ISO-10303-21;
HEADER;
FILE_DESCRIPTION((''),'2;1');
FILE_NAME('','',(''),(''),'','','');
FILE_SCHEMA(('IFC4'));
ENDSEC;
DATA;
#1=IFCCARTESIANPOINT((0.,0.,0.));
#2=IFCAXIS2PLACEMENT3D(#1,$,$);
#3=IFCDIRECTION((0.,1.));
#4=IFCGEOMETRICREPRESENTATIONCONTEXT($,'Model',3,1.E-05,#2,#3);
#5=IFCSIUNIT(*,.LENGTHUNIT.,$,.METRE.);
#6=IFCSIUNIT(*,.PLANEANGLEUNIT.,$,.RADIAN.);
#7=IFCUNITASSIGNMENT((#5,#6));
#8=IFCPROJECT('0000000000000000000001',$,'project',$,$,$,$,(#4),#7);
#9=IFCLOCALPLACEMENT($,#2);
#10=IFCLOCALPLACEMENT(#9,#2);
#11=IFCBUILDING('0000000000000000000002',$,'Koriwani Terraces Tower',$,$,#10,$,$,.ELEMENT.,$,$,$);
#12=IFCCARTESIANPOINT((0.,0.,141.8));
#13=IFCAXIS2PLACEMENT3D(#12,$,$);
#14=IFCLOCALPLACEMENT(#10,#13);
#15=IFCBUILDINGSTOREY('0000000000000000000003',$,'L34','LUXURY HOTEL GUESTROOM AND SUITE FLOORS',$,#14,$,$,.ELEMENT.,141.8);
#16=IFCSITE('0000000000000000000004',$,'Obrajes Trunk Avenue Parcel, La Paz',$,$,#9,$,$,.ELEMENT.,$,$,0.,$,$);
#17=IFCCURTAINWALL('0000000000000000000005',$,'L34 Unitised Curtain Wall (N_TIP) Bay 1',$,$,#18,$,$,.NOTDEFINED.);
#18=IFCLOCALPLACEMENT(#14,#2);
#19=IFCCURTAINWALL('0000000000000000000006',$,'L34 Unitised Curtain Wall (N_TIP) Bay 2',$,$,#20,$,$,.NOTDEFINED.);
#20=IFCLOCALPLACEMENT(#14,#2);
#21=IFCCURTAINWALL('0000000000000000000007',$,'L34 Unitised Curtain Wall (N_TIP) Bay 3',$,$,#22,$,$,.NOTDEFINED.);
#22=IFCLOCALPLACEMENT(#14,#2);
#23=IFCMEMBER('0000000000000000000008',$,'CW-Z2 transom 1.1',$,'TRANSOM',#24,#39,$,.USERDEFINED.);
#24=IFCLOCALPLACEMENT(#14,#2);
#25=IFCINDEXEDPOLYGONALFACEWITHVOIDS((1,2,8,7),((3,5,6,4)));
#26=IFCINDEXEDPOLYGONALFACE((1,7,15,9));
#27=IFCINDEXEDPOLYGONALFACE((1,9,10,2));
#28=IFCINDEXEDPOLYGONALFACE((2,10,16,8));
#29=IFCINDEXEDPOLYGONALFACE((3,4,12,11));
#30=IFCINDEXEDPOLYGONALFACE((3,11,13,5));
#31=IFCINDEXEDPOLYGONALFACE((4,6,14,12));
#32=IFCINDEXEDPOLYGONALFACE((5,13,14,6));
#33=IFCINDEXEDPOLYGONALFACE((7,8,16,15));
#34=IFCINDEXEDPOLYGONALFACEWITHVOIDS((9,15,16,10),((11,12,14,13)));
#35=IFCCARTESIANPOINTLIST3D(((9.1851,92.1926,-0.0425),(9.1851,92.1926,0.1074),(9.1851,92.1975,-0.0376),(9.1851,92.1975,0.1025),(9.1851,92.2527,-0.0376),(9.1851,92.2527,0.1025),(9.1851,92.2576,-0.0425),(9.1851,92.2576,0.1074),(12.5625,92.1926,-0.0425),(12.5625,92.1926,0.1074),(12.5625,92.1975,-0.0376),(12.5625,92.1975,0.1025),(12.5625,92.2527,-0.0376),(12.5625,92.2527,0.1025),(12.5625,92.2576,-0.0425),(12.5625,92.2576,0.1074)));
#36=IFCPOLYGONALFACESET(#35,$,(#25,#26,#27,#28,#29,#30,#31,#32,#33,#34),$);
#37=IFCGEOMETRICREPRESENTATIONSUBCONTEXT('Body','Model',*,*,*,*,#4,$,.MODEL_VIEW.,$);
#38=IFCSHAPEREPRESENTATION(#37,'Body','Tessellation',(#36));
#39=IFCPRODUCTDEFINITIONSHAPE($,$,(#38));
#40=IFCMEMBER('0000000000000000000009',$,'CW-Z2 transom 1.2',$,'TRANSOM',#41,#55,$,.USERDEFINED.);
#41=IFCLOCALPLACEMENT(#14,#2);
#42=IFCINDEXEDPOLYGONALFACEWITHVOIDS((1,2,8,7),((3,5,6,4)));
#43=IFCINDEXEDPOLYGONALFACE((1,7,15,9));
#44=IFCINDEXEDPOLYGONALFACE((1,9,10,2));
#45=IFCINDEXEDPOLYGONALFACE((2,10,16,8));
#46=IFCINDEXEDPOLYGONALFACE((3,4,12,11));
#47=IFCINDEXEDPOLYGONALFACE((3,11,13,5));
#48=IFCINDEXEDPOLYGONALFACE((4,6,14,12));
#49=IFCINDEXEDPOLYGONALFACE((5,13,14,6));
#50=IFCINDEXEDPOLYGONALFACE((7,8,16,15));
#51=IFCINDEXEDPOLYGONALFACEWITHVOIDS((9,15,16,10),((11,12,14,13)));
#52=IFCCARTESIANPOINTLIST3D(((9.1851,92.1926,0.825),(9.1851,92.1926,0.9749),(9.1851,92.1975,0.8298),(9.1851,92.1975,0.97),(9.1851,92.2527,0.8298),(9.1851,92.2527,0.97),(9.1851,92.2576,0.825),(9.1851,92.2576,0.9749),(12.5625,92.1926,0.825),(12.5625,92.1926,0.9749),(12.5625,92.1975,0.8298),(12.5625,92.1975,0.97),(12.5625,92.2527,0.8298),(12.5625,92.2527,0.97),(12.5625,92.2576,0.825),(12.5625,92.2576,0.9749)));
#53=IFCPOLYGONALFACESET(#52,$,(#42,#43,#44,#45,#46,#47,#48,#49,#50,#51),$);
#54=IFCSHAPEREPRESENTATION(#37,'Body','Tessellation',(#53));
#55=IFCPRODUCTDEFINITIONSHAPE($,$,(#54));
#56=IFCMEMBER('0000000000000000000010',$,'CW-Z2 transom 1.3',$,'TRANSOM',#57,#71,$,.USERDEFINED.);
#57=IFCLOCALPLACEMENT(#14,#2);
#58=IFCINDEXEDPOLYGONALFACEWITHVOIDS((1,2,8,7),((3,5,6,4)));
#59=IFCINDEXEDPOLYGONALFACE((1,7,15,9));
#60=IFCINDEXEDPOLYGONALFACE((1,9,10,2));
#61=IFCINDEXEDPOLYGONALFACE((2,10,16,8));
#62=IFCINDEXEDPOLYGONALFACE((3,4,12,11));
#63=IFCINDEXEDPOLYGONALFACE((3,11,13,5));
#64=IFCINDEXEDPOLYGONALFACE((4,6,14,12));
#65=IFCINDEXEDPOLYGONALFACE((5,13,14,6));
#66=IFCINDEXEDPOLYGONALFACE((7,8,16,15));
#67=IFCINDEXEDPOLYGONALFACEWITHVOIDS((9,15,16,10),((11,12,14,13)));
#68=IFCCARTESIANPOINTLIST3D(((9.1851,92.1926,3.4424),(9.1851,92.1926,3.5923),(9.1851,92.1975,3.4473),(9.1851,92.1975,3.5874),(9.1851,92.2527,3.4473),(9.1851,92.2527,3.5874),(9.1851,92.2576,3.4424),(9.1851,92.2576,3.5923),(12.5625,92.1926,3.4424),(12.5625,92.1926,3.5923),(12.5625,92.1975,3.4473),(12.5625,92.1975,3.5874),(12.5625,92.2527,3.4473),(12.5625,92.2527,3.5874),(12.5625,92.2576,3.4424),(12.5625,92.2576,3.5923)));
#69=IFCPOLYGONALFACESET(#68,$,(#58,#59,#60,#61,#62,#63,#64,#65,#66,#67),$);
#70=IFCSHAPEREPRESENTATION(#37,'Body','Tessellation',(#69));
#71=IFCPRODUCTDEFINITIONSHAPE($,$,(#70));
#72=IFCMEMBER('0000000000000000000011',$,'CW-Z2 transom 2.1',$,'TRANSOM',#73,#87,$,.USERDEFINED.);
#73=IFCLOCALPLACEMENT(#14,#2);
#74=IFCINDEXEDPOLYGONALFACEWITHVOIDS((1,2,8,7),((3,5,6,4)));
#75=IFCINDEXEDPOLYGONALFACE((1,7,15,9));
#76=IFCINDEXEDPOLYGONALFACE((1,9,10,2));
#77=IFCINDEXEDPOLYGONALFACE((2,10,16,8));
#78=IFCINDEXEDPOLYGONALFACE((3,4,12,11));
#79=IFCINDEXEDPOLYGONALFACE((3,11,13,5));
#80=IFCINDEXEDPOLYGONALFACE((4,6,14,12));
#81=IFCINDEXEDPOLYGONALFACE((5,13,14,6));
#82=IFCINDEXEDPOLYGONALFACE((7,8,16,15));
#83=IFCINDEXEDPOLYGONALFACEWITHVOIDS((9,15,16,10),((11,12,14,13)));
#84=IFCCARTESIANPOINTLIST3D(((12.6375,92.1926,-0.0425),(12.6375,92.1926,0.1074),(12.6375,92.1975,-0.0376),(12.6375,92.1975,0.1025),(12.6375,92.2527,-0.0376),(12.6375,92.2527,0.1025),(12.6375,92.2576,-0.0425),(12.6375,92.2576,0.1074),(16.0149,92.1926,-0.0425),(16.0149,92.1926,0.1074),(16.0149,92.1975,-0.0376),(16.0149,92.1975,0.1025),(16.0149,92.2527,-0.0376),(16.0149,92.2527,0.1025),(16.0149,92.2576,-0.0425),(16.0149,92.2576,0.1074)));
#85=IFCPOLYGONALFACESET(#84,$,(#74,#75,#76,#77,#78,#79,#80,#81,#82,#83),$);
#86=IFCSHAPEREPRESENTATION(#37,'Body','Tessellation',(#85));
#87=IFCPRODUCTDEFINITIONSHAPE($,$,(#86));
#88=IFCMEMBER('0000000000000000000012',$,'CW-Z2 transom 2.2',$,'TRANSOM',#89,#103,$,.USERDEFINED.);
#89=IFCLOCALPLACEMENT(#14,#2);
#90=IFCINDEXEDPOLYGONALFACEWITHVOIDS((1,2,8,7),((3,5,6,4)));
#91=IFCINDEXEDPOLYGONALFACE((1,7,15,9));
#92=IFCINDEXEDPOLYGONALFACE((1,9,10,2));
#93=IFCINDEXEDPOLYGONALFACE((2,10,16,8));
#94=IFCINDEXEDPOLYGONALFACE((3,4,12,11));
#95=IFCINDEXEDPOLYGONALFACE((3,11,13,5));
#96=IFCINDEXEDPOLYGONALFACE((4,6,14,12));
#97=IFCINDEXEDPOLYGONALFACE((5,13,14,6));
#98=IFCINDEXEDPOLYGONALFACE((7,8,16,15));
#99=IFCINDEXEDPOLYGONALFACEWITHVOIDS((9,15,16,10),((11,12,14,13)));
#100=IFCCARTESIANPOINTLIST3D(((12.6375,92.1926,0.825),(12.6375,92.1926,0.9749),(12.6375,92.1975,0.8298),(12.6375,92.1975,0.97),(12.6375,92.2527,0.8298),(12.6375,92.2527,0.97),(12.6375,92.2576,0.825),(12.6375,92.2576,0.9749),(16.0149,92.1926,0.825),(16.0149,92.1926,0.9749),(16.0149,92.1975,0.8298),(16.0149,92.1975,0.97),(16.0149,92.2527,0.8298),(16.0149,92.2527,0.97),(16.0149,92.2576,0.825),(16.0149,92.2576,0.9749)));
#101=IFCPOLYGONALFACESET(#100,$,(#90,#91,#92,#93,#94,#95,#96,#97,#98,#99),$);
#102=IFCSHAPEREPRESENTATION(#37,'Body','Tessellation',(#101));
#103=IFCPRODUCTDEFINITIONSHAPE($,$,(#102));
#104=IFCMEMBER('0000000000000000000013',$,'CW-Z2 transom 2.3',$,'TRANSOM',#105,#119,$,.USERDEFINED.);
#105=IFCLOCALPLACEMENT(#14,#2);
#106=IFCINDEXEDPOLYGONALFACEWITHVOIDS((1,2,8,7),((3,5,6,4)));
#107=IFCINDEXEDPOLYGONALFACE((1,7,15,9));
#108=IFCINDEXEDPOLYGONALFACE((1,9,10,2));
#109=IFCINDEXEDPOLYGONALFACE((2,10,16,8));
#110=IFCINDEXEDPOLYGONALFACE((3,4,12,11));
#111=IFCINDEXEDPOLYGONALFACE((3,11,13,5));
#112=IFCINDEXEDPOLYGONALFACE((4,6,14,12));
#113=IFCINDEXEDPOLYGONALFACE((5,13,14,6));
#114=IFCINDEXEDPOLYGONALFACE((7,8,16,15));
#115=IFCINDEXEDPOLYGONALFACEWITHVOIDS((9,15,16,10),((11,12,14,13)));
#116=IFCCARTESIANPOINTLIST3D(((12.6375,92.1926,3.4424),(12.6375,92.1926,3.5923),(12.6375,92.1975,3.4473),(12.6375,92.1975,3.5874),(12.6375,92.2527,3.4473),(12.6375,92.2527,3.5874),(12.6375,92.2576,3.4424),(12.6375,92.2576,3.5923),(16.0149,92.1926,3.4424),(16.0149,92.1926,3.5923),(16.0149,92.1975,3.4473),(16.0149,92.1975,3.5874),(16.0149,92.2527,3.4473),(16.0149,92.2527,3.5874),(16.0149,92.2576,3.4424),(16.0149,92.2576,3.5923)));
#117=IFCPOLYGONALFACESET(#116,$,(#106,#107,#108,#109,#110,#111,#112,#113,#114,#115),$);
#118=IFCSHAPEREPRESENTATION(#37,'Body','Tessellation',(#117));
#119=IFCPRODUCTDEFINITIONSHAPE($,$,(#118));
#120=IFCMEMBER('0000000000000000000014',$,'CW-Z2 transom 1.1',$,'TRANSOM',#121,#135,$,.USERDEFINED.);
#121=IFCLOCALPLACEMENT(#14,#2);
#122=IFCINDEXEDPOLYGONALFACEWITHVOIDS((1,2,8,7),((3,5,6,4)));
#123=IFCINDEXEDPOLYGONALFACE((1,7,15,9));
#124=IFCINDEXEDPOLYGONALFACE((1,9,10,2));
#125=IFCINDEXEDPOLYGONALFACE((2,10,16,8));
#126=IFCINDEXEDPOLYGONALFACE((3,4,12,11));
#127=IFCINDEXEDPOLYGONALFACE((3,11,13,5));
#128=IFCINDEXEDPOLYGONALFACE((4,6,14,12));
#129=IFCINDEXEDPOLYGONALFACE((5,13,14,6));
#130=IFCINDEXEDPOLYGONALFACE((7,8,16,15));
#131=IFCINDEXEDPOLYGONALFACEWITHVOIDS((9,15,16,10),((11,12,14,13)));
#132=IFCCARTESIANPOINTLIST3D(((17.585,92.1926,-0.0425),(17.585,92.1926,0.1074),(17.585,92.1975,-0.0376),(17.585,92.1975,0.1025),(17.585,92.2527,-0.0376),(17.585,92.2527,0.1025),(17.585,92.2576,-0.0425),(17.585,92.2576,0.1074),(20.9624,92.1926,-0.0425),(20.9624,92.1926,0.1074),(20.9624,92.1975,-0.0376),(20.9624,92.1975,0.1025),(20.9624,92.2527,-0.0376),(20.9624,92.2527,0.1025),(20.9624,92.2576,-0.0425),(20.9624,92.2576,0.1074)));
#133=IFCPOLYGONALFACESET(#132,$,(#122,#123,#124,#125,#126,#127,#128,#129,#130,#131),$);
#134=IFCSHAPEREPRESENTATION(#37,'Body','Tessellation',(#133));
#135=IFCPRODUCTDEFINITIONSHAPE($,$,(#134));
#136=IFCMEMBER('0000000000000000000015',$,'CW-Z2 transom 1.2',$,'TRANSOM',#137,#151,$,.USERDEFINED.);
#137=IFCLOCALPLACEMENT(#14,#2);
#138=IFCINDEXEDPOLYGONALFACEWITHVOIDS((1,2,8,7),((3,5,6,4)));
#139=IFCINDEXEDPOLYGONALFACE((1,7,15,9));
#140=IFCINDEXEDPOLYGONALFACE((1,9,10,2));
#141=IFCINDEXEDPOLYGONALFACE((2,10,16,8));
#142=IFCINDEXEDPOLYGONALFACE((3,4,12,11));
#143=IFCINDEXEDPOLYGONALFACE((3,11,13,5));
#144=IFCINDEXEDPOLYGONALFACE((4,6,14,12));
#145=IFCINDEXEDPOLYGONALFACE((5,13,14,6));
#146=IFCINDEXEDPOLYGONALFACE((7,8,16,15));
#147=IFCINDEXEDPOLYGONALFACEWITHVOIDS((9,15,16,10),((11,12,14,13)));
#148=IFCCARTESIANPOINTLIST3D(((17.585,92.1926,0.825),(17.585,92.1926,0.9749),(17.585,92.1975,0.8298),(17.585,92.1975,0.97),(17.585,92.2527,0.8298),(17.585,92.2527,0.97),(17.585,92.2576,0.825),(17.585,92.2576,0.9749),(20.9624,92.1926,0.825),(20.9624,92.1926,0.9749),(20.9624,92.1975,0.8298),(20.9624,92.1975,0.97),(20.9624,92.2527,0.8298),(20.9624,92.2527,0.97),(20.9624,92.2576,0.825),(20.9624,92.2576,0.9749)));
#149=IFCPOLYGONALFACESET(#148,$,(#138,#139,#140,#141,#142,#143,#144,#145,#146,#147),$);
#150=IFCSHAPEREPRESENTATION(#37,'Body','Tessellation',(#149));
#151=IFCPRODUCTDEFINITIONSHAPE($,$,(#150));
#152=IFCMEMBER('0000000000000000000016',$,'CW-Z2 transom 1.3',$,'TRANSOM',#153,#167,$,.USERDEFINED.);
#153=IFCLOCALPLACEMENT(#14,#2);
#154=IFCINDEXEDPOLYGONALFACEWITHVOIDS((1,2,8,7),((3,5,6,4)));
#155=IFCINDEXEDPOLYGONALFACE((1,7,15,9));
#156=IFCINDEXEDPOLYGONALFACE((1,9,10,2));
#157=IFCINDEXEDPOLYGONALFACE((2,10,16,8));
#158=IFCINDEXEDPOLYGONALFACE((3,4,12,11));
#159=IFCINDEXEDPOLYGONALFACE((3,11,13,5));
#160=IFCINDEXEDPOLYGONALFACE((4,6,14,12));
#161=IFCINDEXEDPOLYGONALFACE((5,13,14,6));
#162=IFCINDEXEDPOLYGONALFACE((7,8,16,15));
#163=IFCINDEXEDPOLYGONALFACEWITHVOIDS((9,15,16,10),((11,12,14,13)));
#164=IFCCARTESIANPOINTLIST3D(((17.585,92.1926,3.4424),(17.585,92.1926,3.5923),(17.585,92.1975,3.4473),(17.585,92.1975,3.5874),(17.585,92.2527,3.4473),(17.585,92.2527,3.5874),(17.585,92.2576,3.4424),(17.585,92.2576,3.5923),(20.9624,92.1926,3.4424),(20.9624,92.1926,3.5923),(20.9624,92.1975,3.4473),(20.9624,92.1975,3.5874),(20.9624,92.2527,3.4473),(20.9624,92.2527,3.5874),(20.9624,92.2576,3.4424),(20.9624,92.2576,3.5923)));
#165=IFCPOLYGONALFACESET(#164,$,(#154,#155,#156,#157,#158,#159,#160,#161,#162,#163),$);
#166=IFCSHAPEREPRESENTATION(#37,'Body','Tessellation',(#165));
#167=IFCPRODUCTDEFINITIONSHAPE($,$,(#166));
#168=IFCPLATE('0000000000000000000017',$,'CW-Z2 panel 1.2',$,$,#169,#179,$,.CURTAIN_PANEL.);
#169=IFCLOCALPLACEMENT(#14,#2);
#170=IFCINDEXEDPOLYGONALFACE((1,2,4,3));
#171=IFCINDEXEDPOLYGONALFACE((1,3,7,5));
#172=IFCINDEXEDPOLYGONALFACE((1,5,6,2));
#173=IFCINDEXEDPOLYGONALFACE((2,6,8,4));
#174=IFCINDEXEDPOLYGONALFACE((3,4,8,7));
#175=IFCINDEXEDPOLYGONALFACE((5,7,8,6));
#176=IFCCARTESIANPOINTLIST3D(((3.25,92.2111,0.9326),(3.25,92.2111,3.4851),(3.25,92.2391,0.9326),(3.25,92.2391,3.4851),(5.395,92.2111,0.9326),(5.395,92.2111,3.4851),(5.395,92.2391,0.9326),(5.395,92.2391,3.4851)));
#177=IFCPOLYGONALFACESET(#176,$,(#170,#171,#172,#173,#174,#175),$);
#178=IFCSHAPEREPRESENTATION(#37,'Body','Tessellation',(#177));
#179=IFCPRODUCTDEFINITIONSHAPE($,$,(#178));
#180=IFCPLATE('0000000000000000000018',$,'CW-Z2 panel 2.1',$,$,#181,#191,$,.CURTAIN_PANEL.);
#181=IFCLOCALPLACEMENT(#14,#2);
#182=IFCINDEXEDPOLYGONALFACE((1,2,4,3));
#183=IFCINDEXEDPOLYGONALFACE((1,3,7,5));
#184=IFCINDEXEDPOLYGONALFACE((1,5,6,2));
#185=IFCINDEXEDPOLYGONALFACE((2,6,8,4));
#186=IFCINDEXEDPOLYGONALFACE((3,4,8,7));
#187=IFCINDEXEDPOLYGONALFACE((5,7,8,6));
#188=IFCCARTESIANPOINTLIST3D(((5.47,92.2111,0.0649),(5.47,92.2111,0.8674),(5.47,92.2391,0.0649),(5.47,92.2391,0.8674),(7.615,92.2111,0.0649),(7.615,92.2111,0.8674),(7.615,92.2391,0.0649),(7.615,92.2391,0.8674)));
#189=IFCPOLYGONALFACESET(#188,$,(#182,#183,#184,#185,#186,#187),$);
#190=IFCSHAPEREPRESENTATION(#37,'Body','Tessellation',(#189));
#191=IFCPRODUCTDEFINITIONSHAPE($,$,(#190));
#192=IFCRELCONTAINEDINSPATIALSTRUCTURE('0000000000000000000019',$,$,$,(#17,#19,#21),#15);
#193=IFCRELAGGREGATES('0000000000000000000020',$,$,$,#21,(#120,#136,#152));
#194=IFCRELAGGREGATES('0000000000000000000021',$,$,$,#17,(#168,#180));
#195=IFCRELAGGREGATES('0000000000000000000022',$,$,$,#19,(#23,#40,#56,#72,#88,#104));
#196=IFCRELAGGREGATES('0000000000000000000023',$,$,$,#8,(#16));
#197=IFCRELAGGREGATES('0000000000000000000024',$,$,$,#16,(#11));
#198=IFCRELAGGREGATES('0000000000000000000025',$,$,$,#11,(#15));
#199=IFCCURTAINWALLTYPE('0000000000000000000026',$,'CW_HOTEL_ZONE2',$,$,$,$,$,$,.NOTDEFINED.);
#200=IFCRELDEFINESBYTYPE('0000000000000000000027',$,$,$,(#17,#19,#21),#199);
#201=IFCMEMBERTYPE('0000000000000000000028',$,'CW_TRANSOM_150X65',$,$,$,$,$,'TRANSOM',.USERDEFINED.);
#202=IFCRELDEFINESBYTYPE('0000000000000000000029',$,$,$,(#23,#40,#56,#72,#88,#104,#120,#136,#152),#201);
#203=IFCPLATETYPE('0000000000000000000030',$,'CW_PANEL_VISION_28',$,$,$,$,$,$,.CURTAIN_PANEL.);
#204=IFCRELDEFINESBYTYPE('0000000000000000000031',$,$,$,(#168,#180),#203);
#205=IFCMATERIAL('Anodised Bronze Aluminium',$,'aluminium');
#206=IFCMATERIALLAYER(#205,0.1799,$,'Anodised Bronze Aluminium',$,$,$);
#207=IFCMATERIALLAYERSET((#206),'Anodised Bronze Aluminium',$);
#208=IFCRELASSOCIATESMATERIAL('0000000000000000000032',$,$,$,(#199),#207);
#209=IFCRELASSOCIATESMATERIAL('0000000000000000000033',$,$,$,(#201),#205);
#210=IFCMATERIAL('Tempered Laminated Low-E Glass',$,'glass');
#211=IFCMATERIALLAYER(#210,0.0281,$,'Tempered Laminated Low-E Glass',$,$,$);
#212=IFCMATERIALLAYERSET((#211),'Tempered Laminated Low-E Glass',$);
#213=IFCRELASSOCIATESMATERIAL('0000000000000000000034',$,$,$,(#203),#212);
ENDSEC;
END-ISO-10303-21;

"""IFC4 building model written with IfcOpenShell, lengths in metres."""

from ifc_helpers import new_model, si_unit, direction, frame, origin, origin_2d, place, context, subcontext, project, spatial, rectangle, hollow_rectangle, extrude, material, layer, layer_set, material_profile, profile_set, type_object, element, aggregate, save


model = new_model("IFC4")

# Units and contexts
model_context = context("Model", 3, precision=1e-05, world=origin(), true_north=direction((0.0, 1.0)))
body_context = subcontext(model_context, "Body", "Model", "MODEL_VIEW")
ifc_project = project(units=[si_unit("LENGTHUNIT", "METRE"), si_unit("PLANEANGLEUNIT", "RADIAN")], contexts=[model_context])

# Site, building, storey
site_placement = place(None, origin())
site = spatial("IfcSite", under=ifc_project, at=site_placement, Name="Obrajes Trunk Avenue Parcel, La Paz", CompositionType="ELEMENT", RefElevation=0.0)
building_placement = place(site_placement, origin())
building = spatial("IfcBuilding", under=site, at=building_placement, Name="Koriwani Terraces Tower", CompositionType="ELEMENT")
storey_placement = place(building_placement, frame((0.0, 0.0, 141.8)))
storey = spatial("IfcBuildingStorey", under=building, at=storey_placement, Name="L34", Description="LUXURY HOTEL GUESTROOM AND SUITE FLOORS", CompositionType="ELEMENT", Elevation=141.8)

# Curtain walls
ifc_material_1 = material(Name="Anodised Bronze Aluminium", Category="aluminium")
ifc_layer_1 = layer(ifc_material_1, 0.1799, Name="Anodised Bronze Aluminium")
ifc_layer_set_1 = layer_set([ifc_layer_1], Name="Anodised Bronze Aluminium")
curtain_wall_type = type_object("IfcCurtainWallType", Name="CW_HOTEL_ZONE2", PredefinedType="NOTDEFINED", material=ifc_layer_set_1)
curtain_wall_1_placement = place(storey_placement, origin())
curtain_wall_1 = element("IfcCurtainWall", 1, at=curtain_wall_1_placement, inside=storey, type_object=curtain_wall_type, Name="L34 Unitised Curtain Wall (N_TIP) Bay 1", PredefinedType="NOTDEFINED")
curtain_wall_2_placement = place(storey_placement, origin())
curtain_wall_2 = element("IfcCurtainWall", 2, at=curtain_wall_2_placement, inside=storey, type_object=curtain_wall_type, Name="L34 Unitised Curtain Wall (N_TIP) Bay 2", PredefinedType="NOTDEFINED")

# Curtain wall
curtain_wall_3_placement = place(storey_placement, origin())
curtain_wall_3 = element("IfcCurtainWall", 3, at=curtain_wall_3_placement, inside=storey, type_object=curtain_wall_type, Name="L34 Unitised Curtain Wall (N_TIP) Bay 3", PredefinedType="NOTDEFINED")

# Members
ifc_material_profile_1 = material_profile(ifc_material_1, hollow_rectangle(XDim=0.0649, YDim=0.1499, WallThickness=0.0049, at=origin_2d()), Name="Anodised Bronze Aluminium", Category="LoadBearing")
ifc_profile_set_1 = profile_set([ifc_material_profile_1], Name="Anodised Bronze Aluminium")
member_type_1 = type_object("IfcMemberType", Name="CW_TRANSOM_150X65", ElementType="TRANSOM", PredefinedType="USERDEFINED", material=ifc_profile_set_1)
member_1_placement = place(storey_placement, frame((9.1851, 92.2251, 0.0325), z_axis=(1.0, 0.0, 0.0), x_axis=(0.0, 1.0, 0.0)))
member_1 = element("IfcMember", 4, at=member_1_placement, type_object=member_type_1, Name="CW-Z2 transom 1.1", ObjectType="TRANSOM", PredefinedType="USERDEFINED", context=body_context, shape_type="SweptSolid", body=[
    extrude(hollow_rectangle(XDim=0.0649, YDim=0.1499, WallThickness=0.0049, at=origin_2d()), origin(), (0.0, 0.0, 1.0), 3.3774),
])
member_2_placement = place(storey_placement, frame((9.1851, 92.2251, 0.8999), z_axis=(1.0, 0.0, 0.0), x_axis=(0.0, 1.0, 0.0)))
member_2 = element("IfcMember", 5, at=member_2_placement, type_object=member_type_1, Name="CW-Z2 transom 1.2", ObjectType="TRANSOM", PredefinedType="USERDEFINED", context=body_context, shape_type="SweptSolid", body=[
    extrude(hollow_rectangle(XDim=0.0649, YDim=0.1499, WallThickness=0.0049, at=origin_2d()), origin(), (0.0, 0.0, 1.0), 3.3774),
])
member_3_placement = place(storey_placement, frame((9.1851, 92.2251, 3.5173), z_axis=(1.0, 0.0, 0.0), x_axis=(0.0, 1.0, 0.0)))
member_3 = element("IfcMember", 6, at=member_3_placement, type_object=member_type_1, Name="CW-Z2 transom 1.3", ObjectType="TRANSOM", PredefinedType="USERDEFINED", context=body_context, shape_type="SweptSolid", body=[
    extrude(hollow_rectangle(XDim=0.0649, YDim=0.1499, WallThickness=0.0049, at=origin_2d()), origin(), (0.0, 0.0, 1.0), 3.3774),
])
member_4_placement = place(storey_placement, frame((12.6375, 92.2251, 0.0325), z_axis=(1.0, 0.0, 0.0), x_axis=(0.0, 1.0, 0.0)))
member_4 = element("IfcMember", 7, at=member_4_placement, type_object=member_type_1, Name="CW-Z2 transom 2.1", ObjectType="TRANSOM", PredefinedType="USERDEFINED", context=body_context, shape_type="SweptSolid", body=[
    extrude(hollow_rectangle(XDim=0.0649, YDim=0.1499, WallThickness=0.0049, at=origin_2d()), origin(), (0.0, 0.0, 1.0), 3.3774),
])
member_5_placement = place(storey_placement, frame((12.6375, 92.2251, 0.8999), z_axis=(1.0, 0.0, 0.0), x_axis=(0.0, 1.0, 0.0)))
member_5 = element("IfcMember", 8, at=member_5_placement, type_object=member_type_1, Name="CW-Z2 transom 2.2", ObjectType="TRANSOM", PredefinedType="USERDEFINED", context=body_context, shape_type="SweptSolid", body=[
    extrude(hollow_rectangle(XDim=0.0649, YDim=0.1499, WallThickness=0.0049, at=origin_2d()), origin(), (0.0, 0.0, 1.0), 3.3774),
])
member_6_placement = place(storey_placement, frame((12.6375, 92.2251, 3.5173), z_axis=(1.0, 0.0, 0.0), x_axis=(0.0, 1.0, 0.0)))
member_6 = element("IfcMember", 9, at=member_6_placement, type_object=member_type_1, Name="CW-Z2 transom 2.3", ObjectType="TRANSOM", PredefinedType="USERDEFINED", context=body_context, shape_type="SweptSolid", body=[
    extrude(hollow_rectangle(XDim=0.0649, YDim=0.1499, WallThickness=0.0049, at=origin_2d()), origin(), (0.0, 0.0, 1.0), 3.3774),
])
member_7_placement = place(storey_placement, frame((17.585, 92.2251, 0.0325), z_axis=(1.0, 0.0, 0.0), x_axis=(0.0, 1.0, 0.0)))
member_7 = element("IfcMember", 10, at=member_7_placement, type_object=member_type_1, Name="CW-Z2 transom 1.1", ObjectType="TRANSOM", PredefinedType="USERDEFINED", context=body_context, shape_type="SweptSolid", body=[
    extrude(hollow_rectangle(XDim=0.0649, YDim=0.1499, WallThickness=0.0049, at=origin_2d()), origin(), (0.0, 0.0, 1.0), 3.3774),
])
member_8_placement = place(storey_placement, frame((17.585, 92.2251, 0.8999), z_axis=(1.0, 0.0, 0.0), x_axis=(0.0, 1.0, 0.0)))
member_8 = element("IfcMember", 11, at=member_8_placement, type_object=member_type_1, Name="CW-Z2 transom 1.2", ObjectType="TRANSOM", PredefinedType="USERDEFINED", context=body_context, shape_type="SweptSolid", body=[
    extrude(hollow_rectangle(XDim=0.0649, YDim=0.1499, WallThickness=0.0049, at=origin_2d()), origin(), (0.0, 0.0, 1.0), 3.3774),
])
member_9_placement = place(storey_placement, frame((17.585, 92.2251, 3.5173), z_axis=(1.0, 0.0, 0.0), x_axis=(0.0, 1.0, 0.0)))
member_9 = element("IfcMember", 12, at=member_9_placement, type_object=member_type_1, Name="CW-Z2 transom 1.3", ObjectType="TRANSOM", PredefinedType="USERDEFINED", context=body_context, shape_type="SweptSolid", body=[
    extrude(hollow_rectangle(XDim=0.0649, YDim=0.1499, WallThickness=0.0049, at=origin_2d()), origin(), (0.0, 0.0, 1.0), 3.3774),
])
aggregate(curtain_wall_3, [member_7, member_8, member_9])

# Plates
ifc_material_2 = material(Name="Tempered Laminated Low-E Glass", Category="glass")
ifc_layer_2 = layer(ifc_material_2, 0.0281, Name="Tempered Laminated Low-E Glass")
ifc_layer_set_2 = layer_set([ifc_layer_2], Name="Tempered Laminated Low-E Glass")
plate_type = type_object("IfcPlateType", Name="CW_PANEL_VISION_28", PredefinedType="CURTAIN_PANEL", material=ifc_layer_set_2)
plate_1_placement = place(storey_placement, frame((4.3225, 92.2251, 0.9326), z_axis=(0.0, 0.0, 1.0), x_axis=(1.0, 0.0, 0.0)))
plate_1 = element("IfcPlate", 13, at=plate_1_placement, type_object=plate_type, Name="CW-Z2 panel 1.2", PredefinedType="CURTAIN_PANEL", context=body_context, shape_type="SweptSolid", body=[
    extrude(rectangle(XDim=2.145, YDim=0.0281, at=origin_2d()), origin(), (0.0, 0.0, 1.0), 2.5525),
])
plate_2_placement = place(storey_placement, frame((6.5425, 92.2251, 0.0649), z_axis=(0.0, 0.0, 1.0), x_axis=(1.0, 0.0, 0.0)))
plate_2 = element("IfcPlate", 14, at=plate_2_placement, type_object=plate_type, Name="CW-Z2 panel 2.1", PredefinedType="CURTAIN_PANEL", context=body_context, shape_type="SweptSolid", body=[
    extrude(rectangle(XDim=2.145, YDim=0.0281, at=origin_2d()), origin(), (0.0, 0.0, 1.0), 0.8025),
])
aggregate(curtain_wall_1, [plate_1, plate_2])
aggregate(curtain_wall_2, [member_1, member_2, member_3, member_4, member_5, member_6])

save(model, "model.ifc")
